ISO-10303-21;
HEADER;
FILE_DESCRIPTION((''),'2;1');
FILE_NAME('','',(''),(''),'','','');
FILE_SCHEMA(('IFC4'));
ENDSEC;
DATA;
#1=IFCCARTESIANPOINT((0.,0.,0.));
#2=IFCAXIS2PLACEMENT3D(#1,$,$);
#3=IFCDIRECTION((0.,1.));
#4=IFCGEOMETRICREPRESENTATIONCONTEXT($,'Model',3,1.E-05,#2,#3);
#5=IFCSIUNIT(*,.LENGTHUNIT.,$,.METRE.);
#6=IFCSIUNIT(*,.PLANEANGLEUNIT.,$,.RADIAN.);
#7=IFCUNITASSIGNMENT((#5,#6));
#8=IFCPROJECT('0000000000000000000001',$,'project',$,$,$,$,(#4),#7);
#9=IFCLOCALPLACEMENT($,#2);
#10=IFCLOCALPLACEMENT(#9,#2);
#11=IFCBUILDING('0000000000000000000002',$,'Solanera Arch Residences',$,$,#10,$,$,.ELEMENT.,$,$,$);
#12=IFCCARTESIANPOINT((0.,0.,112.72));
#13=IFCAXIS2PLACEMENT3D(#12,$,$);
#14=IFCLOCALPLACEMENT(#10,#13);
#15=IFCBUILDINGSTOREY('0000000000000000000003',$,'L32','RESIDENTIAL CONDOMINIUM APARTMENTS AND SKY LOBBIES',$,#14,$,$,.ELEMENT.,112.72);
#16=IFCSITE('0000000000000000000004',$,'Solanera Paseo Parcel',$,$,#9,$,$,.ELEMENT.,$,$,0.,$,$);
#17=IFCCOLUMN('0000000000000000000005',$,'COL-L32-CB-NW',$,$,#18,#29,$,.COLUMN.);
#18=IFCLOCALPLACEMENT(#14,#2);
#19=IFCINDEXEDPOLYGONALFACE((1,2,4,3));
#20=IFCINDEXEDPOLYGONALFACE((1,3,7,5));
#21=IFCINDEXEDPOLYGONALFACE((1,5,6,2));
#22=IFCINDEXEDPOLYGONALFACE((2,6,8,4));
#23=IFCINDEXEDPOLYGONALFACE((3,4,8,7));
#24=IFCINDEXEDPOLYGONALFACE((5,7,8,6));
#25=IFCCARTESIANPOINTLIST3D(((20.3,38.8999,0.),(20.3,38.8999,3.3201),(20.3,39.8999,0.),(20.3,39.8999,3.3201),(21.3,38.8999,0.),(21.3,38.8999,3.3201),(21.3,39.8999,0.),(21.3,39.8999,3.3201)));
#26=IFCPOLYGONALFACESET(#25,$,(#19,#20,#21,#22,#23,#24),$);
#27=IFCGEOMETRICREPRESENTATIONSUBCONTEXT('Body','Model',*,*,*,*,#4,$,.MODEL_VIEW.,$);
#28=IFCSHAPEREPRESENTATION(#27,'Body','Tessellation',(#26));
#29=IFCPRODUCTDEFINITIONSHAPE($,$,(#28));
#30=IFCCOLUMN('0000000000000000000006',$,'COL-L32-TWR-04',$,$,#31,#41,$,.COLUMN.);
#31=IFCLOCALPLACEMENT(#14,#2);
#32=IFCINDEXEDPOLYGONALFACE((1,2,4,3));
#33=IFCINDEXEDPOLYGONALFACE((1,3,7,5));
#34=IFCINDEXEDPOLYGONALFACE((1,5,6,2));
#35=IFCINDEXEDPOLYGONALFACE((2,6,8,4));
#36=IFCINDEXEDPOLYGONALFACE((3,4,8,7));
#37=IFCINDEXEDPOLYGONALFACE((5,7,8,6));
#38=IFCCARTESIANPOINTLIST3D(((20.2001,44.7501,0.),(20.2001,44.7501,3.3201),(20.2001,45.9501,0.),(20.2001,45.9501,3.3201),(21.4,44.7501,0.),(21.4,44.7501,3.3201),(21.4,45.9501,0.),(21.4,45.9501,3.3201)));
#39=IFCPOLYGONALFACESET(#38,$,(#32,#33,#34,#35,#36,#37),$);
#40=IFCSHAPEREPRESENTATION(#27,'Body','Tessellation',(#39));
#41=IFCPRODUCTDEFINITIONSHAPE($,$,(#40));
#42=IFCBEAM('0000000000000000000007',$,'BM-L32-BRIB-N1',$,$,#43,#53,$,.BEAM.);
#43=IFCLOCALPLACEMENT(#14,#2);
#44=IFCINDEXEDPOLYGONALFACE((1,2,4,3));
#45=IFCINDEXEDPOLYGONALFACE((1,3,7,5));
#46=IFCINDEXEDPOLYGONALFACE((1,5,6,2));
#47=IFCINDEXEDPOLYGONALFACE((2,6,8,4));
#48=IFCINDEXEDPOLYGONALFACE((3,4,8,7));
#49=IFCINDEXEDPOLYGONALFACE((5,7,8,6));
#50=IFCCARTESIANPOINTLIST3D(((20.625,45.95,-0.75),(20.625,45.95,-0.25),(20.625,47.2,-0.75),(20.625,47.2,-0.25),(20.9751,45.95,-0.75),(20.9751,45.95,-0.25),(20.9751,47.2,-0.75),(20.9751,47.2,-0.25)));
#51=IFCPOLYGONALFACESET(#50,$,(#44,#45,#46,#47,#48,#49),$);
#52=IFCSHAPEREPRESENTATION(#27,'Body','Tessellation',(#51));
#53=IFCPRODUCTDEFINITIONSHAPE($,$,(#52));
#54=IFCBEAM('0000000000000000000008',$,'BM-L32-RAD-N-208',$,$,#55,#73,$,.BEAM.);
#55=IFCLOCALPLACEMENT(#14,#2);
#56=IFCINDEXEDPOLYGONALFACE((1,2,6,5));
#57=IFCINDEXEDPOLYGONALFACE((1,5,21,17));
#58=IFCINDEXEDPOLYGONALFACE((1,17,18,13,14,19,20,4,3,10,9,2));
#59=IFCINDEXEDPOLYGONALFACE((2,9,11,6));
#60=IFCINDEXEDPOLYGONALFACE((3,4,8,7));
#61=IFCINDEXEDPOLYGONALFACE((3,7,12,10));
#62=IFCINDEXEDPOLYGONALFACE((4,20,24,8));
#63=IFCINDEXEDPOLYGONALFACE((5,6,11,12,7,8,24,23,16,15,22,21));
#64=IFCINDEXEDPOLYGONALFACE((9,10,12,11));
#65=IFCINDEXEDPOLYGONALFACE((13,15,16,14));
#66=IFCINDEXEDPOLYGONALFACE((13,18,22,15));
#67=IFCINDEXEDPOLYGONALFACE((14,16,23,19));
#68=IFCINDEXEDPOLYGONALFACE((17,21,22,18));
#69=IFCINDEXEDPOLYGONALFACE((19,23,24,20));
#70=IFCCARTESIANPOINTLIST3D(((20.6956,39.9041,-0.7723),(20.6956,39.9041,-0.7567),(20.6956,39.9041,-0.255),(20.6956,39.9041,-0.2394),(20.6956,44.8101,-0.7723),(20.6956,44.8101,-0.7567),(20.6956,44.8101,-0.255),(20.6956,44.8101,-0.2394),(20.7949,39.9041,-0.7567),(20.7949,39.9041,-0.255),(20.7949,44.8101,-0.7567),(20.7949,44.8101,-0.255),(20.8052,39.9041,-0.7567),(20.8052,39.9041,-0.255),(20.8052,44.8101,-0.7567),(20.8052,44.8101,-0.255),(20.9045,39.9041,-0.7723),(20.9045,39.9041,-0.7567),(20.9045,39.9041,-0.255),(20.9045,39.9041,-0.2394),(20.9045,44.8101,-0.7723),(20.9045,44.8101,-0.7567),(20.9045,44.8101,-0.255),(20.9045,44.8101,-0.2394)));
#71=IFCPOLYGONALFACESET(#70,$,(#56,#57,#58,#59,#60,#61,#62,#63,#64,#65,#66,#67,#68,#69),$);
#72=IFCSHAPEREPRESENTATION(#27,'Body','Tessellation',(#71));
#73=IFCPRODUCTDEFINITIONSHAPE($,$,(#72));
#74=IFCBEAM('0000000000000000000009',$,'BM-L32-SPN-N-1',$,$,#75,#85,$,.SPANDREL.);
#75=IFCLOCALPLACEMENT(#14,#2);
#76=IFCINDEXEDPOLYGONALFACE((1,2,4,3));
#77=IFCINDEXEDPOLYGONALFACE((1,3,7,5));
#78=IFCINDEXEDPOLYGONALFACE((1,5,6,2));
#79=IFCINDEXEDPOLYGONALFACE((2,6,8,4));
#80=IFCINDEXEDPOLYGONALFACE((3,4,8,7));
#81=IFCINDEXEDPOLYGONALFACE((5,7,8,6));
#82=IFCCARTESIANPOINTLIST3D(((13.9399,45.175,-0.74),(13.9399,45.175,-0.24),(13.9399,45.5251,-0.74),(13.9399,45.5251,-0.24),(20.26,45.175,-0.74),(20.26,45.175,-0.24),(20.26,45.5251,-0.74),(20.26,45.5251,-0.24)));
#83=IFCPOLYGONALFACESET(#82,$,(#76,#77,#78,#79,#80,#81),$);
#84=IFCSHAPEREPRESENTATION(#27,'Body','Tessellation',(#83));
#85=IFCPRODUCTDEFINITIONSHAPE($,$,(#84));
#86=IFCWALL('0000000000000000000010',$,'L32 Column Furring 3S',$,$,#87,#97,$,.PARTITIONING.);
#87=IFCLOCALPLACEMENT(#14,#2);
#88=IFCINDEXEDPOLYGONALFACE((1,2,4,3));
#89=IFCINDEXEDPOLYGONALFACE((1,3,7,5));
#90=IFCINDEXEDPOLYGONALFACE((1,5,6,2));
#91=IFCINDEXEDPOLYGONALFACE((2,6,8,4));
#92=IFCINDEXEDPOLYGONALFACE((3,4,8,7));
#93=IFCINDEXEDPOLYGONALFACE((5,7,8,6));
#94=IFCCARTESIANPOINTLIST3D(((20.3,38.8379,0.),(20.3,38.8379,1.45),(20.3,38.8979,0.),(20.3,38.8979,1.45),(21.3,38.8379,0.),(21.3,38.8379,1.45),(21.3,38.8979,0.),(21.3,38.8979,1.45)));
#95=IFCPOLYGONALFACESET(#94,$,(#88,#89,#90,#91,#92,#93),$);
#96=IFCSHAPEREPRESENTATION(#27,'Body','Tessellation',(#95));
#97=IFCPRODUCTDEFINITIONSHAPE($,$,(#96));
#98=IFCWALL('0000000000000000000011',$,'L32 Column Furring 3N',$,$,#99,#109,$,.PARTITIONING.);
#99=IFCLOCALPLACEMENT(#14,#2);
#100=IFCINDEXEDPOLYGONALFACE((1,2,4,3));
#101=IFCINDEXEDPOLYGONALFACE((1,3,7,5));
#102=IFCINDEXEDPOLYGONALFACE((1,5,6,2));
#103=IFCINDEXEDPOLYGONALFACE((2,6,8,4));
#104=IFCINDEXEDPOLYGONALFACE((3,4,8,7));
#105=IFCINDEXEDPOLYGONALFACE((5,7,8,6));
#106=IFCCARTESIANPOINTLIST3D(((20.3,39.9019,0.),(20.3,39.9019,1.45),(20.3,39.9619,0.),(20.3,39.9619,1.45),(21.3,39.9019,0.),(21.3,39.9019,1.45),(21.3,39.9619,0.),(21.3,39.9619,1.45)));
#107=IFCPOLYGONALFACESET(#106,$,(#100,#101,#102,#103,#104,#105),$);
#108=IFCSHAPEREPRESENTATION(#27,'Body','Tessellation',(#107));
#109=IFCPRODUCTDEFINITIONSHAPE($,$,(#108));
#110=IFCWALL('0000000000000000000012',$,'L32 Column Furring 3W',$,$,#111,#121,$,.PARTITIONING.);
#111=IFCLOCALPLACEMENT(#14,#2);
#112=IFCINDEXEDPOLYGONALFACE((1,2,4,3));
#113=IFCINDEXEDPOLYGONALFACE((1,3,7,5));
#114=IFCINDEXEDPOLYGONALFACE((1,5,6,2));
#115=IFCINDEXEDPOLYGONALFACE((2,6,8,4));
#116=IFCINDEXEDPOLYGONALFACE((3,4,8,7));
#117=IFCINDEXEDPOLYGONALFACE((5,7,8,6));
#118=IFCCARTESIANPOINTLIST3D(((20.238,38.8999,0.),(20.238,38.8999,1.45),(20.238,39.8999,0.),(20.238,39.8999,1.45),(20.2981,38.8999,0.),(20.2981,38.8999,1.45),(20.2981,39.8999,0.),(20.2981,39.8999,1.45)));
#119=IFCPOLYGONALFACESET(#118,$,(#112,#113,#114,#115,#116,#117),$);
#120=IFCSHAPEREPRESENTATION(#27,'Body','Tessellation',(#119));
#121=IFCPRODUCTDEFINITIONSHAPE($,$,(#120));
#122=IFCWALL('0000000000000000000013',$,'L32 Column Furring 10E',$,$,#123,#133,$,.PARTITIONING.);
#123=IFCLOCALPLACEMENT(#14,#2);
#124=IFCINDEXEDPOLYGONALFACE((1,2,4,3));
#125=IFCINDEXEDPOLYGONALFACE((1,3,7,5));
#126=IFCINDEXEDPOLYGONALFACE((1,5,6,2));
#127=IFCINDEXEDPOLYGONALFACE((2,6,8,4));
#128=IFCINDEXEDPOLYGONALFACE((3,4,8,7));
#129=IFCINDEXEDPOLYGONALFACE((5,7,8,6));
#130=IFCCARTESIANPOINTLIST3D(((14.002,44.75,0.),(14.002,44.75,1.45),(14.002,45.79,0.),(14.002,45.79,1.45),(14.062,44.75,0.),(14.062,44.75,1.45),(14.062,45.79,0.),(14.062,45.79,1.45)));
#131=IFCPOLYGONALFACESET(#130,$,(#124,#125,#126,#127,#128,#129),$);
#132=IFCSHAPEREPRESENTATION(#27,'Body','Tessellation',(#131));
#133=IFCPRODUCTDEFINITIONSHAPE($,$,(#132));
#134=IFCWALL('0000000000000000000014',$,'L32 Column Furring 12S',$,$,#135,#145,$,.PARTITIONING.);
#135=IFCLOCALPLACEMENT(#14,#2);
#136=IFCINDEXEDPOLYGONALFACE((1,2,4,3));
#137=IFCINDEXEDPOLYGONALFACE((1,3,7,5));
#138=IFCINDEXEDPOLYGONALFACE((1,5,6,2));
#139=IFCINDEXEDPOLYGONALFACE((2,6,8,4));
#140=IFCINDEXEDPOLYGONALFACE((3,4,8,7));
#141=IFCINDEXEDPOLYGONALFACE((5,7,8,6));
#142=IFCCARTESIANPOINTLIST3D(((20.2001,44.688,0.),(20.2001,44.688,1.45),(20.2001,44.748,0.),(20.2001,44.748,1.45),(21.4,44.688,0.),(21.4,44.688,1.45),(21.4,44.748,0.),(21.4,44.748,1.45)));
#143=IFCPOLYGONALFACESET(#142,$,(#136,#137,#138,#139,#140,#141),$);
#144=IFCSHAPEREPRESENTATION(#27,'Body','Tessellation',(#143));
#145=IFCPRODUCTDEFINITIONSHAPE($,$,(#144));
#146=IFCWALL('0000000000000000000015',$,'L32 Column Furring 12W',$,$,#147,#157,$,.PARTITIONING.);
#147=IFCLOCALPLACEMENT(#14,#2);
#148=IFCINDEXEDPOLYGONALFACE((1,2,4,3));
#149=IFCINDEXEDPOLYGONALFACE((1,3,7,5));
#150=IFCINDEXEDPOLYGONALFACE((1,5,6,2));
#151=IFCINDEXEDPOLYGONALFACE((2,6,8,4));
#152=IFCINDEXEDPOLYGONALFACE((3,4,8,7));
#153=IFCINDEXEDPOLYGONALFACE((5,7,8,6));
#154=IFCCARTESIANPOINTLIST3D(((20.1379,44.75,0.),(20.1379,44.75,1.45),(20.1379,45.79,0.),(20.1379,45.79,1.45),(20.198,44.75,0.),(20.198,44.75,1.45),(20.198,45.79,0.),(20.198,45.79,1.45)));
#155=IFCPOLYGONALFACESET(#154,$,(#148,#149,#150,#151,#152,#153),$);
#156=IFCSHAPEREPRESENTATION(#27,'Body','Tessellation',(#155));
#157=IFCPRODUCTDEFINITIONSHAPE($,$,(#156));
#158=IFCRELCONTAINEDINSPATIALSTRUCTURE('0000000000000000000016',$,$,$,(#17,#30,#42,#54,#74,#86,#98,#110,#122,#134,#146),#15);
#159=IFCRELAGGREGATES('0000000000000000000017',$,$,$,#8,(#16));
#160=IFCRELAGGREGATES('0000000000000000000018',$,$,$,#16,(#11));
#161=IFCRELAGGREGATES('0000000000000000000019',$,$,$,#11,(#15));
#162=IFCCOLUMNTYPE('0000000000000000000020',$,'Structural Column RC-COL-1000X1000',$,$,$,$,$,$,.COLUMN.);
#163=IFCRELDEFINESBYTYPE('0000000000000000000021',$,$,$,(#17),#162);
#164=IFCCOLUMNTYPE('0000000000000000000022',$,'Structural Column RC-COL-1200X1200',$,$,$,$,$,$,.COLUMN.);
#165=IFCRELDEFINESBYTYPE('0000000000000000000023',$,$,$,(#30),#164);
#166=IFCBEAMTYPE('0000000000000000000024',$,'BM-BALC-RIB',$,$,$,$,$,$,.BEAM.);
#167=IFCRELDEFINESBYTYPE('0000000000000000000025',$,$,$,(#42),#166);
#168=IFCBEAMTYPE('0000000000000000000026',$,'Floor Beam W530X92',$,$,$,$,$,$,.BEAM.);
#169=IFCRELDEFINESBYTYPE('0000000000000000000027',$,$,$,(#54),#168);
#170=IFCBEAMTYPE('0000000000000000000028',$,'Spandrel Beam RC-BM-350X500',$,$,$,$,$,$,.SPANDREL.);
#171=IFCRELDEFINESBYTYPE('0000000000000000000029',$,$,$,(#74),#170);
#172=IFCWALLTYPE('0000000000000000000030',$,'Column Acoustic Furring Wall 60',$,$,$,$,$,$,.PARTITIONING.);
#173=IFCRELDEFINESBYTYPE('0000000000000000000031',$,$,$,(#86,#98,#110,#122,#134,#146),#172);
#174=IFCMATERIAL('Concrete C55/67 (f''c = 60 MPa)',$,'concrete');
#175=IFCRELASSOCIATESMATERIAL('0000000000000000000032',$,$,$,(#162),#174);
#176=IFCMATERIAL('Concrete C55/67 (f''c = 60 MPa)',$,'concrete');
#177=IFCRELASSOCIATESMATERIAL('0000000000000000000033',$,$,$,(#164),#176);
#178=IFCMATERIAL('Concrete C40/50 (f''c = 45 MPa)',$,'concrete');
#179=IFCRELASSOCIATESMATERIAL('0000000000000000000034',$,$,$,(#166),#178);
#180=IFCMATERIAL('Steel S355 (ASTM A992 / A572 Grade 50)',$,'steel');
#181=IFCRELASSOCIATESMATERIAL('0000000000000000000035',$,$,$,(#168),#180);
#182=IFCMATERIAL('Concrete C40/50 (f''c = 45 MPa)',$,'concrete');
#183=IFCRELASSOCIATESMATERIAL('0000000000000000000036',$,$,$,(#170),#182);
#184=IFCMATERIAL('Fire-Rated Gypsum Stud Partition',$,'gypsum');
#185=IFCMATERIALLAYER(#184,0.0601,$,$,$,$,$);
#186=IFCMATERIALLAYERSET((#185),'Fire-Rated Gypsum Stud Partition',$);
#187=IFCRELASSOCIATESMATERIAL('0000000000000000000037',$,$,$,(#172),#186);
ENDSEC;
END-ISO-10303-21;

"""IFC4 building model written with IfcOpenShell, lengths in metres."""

from ifc_helpers import new_model, si_unit, direction, frame, frame_2d, origin, origin_2d, place, context, subcontext, project, spatial, rectangle, i_section, extrude, material, layer, layer_set, material_profile, profile_set, type_object, element, save


model = new_model("IFC4")

# Units and contexts
model_context = context("Model", 3, precision=1e-05, world=origin(), true_north=direction((0.0, 1.0)))
body_context = subcontext(model_context, "Body", "Model", "MODEL_VIEW")
ifc_project = project(units=[si_unit("LENGTHUNIT", "METRE"), si_unit("PLANEANGLEUNIT", "RADIAN")], contexts=[model_context])

# Site, building, storey
site_placement = place(None, origin())
site = spatial("IfcSite", under=ifc_project, at=site_placement, Name="Solanera Paseo Parcel", CompositionType="ELEMENT", RefElevation=0.0)
building_placement = place(site_placement, origin())
building = spatial("IfcBuilding", under=site, at=building_placement, Name="Solanera Arch Residences", CompositionType="ELEMENT")
storey_placement = place(building_placement, frame((0.0, 0.0, 112.72)))
storey = spatial("IfcBuildingStorey", under=building, at=storey_placement, Name="L32", Description="RESIDENTIAL CONDOMINIUM APARTMENTS AND SKY LOBBIES", CompositionType="ELEMENT", Elevation=112.72)

# Columns
ifc_material_1 = material(Name="Concrete C55/67 (f'c = 60 MPa)", Category="concrete")
ifc_material_profile_1 = material_profile(ifc_material_1, rectangle(XDim=1.0, YDim=1.0, at=origin_2d()))
ifc_profile_set_1 = profile_set([ifc_material_profile_1], Name="Concrete C55/67 (f'c = 60 MPa)")
column_type_1 = type_object("IfcColumnType", Name="Structural Column RC-COL-1000X1000", PredefinedType="COLUMN", material=ifc_profile_set_1)
column_1_placement = place(storey_placement, frame((20.8, 39.3999, 0.0), z_axis=(0.0, 0.0, 1.0), x_axis=(1.0, 0.0, 0.0)))
element("IfcColumn", 1, at=column_1_placement, inside=storey, type_object=column_type_1, Name="COL-L32-CB-NW", PredefinedType="COLUMN", context=body_context, shape_type="SweptSolid", body=[
    extrude(rectangle(XDim=1.0, YDim=1.0, at=origin_2d()), origin(), (0.0, 0.0, 1.0), 3.3201),
])
ifc_material_2 = material(Name="Concrete C55/67 (f'c = 60 MPa)", Category="concrete")
ifc_material_profile_2 = material_profile(ifc_material_2, rectangle(XDim=1.2, YDim=1.2, at=origin_2d()))
ifc_profile_set_2 = profile_set([ifc_material_profile_2], Name="Concrete C55/67 (f'c = 60 MPa)")
column_type_2 = type_object("IfcColumnType", Name="Structural Column RC-COL-1200X1200", PredefinedType="COLUMN", material=ifc_profile_set_2)
column_2_placement = place(storey_placement, frame((20.8, 45.3501, 0.0), z_axis=(0.0, 0.0, 1.0), x_axis=(1.0, 0.0, 0.0)))
element("IfcColumn", 2, at=column_2_placement, inside=storey, type_object=column_type_2, Name="COL-L32-TWR-04", PredefinedType="COLUMN", context=body_context, shape_type="SweptSolid", body=[
    extrude(rectangle(XDim=1.2, YDim=1.2, at=origin_2d()), origin(), (0.0, 0.0, 1.0), 3.3201),
])

# Beams
ifc_material_3 = material(Name="Concrete C40/50 (f'c = 45 MPa)", Category="concrete")
ifc_material_profile_3 = material_profile(ifc_material_3, rectangle(XDim=0.3501, YDim=0.5, at=origin_2d()))
ifc_profile_set_3 = profile_set([ifc_material_profile_3], Name="Concrete C40/50 (f'c = 45 MPa)")
beam_type_1 = type_object("IfcBeamType", Name="BM-BALC-RIB", PredefinedType="BEAM", material=ifc_profile_set_3)
beam_1_placement = place(storey_placement, frame((20.8, 45.95, -0.5), z_axis=(0.0, 1.0, 0.0), x_axis=(-1.0, 0.0, 0.0)))
element("IfcBeam", 3, at=beam_1_placement, inside=storey, type_object=beam_type_1, Name="BM-L32-BRIB-N1", PredefinedType="BEAM", context=body_context, shape_type="SweptSolid", body=[
    extrude(rectangle(XDim=0.3501, YDim=0.5, at=origin_2d()), origin(), (0.0, 0.0, 1.0), 1.25),
])
ifc_material_4 = material(Name="Steel S355 (ASTM A992 / A572 Grade 50)", Category="steel")
ifc_material_profile_4 = material_profile(ifc_material_4, i_section(OverallWidth=0.209, OverallDepth=0.533, WebThickness=0.0103, FlangeThickness=0.0156, at=origin_2d()))
ifc_profile_set_4 = profile_set([ifc_material_profile_4], Name="Steel S355 (ASTM A992 / A572 Grade 50)")
beam_type_2 = type_object("IfcBeamType", Name="Floor Beam W530X92", PredefinedType="BEAM", material=ifc_profile_set_4)
beam_2_placement = place(storey_placement, frame((20.8, 39.9041, -0.5059), z_axis=(0.0, 1.0, 0.0), x_axis=(-1.0, 0.0, 0.0)))
element("IfcBeam", 4, at=beam_2_placement, inside=storey, type_object=beam_type_2, Name="BM-L32-RAD-N-208", PredefinedType="BEAM", context=body_context, shape_type="SweptSolid", body=[
    extrude(i_section(OverallWidth=0.209, OverallDepth=0.533, WebThickness=0.0103, FlangeThickness=0.0156, at=origin_2d()), origin(), (0.0, 0.0, 1.0), 4.906),
])
ifc_material_5 = material(Name="Concrete C40/50 (f'c = 45 MPa)", Category="concrete")
ifc_material_profile_5 = material_profile(ifc_material_5, rectangle(XDim=0.3501, YDim=0.5, at=origin_2d()))
ifc_profile_set_5 = profile_set([ifc_material_profile_5], Name="Concrete C40/50 (f'c = 45 MPa)")
beam_type_3 = type_object("IfcBeamType", Name="Spandrel Beam RC-BM-350X500", PredefinedType="SPANDREL", material=ifc_profile_set_5)
beam_3_placement = place(storey_placement, frame((13.9399, 45.3501, -0.49), z_axis=(1.0, 0.0, 0.0), x_axis=(0.0, 1.0, 0.0)))
element("IfcBeam", 5, at=beam_3_placement, inside=storey, type_object=beam_type_3, Name="BM-L32-SPN-N-1", PredefinedType="SPANDREL", context=body_context, shape_type="SweptSolid", body=[
    extrude(rectangle(XDim=0.3501, YDim=0.5, at=origin_2d()), origin(), (0.0, 0.0, 1.0), 6.3201),
])

# Walls
ifc_material_6 = material(Name="Fire-Rated Gypsum Stud Partition", Category="gypsum")
ifc_layer_1 = layer(ifc_material_6, 0.0601)
ifc_layer_set_1 = layer_set([ifc_layer_1], Name="Fire-Rated Gypsum Stud Partition")
wall_type_1 = type_object("IfcWallType", Name="Column Acoustic Furring Wall 60", PredefinedType="PARTITIONING", material=ifc_layer_set_1)
for number, where, z_axis, x_axis, name in (
    (6, (20.3, 38.8679, 0.0), (0.0, 0.0, 1.0), (1.0, 0.0, 0.0), "L32 Column Furring 3S"),
    (7, (20.3, 39.9319, 0.0), (0.0, 0.0, 1.0), (1.0, 0.0, 0.0), "L32 Column Furring 3N"),
    (8, (20.2681, 38.8999, 0.0), (0.0, 0.0, 1.0), (0.0, 1.0, 0.0), "L32 Column Furring 3W"),
):
    element("IfcWall", number, at=place(storey_placement, frame(where, z_axis=z_axis, x_axis=x_axis)), inside=storey, type_object=wall_type_1, Name=name, PredefinedType="PARTITIONING", context=body_context, shape_type="SweptSolid", body=[
        extrude(rectangle(XDim=1.0, YDim=0.0601, at=frame_2d((0.5, 0.0))), origin(), (0.0, 0.0, 1.0), 1.45),
    ])
wall_1_placement = place(storey_placement, frame((14.032, 44.75, 0.0), z_axis=(0.0, 0.0, 1.0), x_axis=(0.0, 1.0, 0.0)))
element("IfcWall", 9, at=wall_1_placement, inside=storey, type_object=wall_type_1, Name="L32 Column Furring 10E", PredefinedType="PARTITIONING", context=body_context, shape_type="SweptSolid", body=[
    extrude(rectangle(XDim=1.04, YDim=0.0601, at=frame_2d((0.52, 0.0))), origin(), (0.0, 0.0, 1.0), 1.45),
])
wall_2_placement = place(storey_placement, frame((20.2, 44.718, 0.0), z_axis=(0.0, 0.0, 1.0), x_axis=(1.0, 0.0, 0.0)))
element("IfcWall", 10, at=wall_2_placement, inside=storey, type_object=wall_type_1, Name="L32 Column Furring 12S", PredefinedType="PARTITIONING", context=body_context, shape_type="SweptSolid", body=[
    extrude(rectangle(XDim=1.2, YDim=0.0601, at=frame_2d((0.6001, 0.0))), origin(), (0.0, 0.0, 1.0), 1.45),
])
wall_3_placement = place(storey_placement, frame((20.168, 44.75, 0.0), z_axis=(0.0, 0.0, 1.0), x_axis=(0.0, 1.0, 0.0)))
element("IfcWall", 11, at=wall_3_placement, inside=storey, type_object=wall_type_1, Name="L32 Column Furring 12W", PredefinedType="PARTITIONING", context=body_context, shape_type="SweptSolid", body=[
    extrude(rectangle(XDim=1.04, YDim=0.0601, at=frame_2d((0.52, 0.0))), origin(), (0.0, 0.0, 1.0), 1.45),
])

save(model, "model.ifc")
